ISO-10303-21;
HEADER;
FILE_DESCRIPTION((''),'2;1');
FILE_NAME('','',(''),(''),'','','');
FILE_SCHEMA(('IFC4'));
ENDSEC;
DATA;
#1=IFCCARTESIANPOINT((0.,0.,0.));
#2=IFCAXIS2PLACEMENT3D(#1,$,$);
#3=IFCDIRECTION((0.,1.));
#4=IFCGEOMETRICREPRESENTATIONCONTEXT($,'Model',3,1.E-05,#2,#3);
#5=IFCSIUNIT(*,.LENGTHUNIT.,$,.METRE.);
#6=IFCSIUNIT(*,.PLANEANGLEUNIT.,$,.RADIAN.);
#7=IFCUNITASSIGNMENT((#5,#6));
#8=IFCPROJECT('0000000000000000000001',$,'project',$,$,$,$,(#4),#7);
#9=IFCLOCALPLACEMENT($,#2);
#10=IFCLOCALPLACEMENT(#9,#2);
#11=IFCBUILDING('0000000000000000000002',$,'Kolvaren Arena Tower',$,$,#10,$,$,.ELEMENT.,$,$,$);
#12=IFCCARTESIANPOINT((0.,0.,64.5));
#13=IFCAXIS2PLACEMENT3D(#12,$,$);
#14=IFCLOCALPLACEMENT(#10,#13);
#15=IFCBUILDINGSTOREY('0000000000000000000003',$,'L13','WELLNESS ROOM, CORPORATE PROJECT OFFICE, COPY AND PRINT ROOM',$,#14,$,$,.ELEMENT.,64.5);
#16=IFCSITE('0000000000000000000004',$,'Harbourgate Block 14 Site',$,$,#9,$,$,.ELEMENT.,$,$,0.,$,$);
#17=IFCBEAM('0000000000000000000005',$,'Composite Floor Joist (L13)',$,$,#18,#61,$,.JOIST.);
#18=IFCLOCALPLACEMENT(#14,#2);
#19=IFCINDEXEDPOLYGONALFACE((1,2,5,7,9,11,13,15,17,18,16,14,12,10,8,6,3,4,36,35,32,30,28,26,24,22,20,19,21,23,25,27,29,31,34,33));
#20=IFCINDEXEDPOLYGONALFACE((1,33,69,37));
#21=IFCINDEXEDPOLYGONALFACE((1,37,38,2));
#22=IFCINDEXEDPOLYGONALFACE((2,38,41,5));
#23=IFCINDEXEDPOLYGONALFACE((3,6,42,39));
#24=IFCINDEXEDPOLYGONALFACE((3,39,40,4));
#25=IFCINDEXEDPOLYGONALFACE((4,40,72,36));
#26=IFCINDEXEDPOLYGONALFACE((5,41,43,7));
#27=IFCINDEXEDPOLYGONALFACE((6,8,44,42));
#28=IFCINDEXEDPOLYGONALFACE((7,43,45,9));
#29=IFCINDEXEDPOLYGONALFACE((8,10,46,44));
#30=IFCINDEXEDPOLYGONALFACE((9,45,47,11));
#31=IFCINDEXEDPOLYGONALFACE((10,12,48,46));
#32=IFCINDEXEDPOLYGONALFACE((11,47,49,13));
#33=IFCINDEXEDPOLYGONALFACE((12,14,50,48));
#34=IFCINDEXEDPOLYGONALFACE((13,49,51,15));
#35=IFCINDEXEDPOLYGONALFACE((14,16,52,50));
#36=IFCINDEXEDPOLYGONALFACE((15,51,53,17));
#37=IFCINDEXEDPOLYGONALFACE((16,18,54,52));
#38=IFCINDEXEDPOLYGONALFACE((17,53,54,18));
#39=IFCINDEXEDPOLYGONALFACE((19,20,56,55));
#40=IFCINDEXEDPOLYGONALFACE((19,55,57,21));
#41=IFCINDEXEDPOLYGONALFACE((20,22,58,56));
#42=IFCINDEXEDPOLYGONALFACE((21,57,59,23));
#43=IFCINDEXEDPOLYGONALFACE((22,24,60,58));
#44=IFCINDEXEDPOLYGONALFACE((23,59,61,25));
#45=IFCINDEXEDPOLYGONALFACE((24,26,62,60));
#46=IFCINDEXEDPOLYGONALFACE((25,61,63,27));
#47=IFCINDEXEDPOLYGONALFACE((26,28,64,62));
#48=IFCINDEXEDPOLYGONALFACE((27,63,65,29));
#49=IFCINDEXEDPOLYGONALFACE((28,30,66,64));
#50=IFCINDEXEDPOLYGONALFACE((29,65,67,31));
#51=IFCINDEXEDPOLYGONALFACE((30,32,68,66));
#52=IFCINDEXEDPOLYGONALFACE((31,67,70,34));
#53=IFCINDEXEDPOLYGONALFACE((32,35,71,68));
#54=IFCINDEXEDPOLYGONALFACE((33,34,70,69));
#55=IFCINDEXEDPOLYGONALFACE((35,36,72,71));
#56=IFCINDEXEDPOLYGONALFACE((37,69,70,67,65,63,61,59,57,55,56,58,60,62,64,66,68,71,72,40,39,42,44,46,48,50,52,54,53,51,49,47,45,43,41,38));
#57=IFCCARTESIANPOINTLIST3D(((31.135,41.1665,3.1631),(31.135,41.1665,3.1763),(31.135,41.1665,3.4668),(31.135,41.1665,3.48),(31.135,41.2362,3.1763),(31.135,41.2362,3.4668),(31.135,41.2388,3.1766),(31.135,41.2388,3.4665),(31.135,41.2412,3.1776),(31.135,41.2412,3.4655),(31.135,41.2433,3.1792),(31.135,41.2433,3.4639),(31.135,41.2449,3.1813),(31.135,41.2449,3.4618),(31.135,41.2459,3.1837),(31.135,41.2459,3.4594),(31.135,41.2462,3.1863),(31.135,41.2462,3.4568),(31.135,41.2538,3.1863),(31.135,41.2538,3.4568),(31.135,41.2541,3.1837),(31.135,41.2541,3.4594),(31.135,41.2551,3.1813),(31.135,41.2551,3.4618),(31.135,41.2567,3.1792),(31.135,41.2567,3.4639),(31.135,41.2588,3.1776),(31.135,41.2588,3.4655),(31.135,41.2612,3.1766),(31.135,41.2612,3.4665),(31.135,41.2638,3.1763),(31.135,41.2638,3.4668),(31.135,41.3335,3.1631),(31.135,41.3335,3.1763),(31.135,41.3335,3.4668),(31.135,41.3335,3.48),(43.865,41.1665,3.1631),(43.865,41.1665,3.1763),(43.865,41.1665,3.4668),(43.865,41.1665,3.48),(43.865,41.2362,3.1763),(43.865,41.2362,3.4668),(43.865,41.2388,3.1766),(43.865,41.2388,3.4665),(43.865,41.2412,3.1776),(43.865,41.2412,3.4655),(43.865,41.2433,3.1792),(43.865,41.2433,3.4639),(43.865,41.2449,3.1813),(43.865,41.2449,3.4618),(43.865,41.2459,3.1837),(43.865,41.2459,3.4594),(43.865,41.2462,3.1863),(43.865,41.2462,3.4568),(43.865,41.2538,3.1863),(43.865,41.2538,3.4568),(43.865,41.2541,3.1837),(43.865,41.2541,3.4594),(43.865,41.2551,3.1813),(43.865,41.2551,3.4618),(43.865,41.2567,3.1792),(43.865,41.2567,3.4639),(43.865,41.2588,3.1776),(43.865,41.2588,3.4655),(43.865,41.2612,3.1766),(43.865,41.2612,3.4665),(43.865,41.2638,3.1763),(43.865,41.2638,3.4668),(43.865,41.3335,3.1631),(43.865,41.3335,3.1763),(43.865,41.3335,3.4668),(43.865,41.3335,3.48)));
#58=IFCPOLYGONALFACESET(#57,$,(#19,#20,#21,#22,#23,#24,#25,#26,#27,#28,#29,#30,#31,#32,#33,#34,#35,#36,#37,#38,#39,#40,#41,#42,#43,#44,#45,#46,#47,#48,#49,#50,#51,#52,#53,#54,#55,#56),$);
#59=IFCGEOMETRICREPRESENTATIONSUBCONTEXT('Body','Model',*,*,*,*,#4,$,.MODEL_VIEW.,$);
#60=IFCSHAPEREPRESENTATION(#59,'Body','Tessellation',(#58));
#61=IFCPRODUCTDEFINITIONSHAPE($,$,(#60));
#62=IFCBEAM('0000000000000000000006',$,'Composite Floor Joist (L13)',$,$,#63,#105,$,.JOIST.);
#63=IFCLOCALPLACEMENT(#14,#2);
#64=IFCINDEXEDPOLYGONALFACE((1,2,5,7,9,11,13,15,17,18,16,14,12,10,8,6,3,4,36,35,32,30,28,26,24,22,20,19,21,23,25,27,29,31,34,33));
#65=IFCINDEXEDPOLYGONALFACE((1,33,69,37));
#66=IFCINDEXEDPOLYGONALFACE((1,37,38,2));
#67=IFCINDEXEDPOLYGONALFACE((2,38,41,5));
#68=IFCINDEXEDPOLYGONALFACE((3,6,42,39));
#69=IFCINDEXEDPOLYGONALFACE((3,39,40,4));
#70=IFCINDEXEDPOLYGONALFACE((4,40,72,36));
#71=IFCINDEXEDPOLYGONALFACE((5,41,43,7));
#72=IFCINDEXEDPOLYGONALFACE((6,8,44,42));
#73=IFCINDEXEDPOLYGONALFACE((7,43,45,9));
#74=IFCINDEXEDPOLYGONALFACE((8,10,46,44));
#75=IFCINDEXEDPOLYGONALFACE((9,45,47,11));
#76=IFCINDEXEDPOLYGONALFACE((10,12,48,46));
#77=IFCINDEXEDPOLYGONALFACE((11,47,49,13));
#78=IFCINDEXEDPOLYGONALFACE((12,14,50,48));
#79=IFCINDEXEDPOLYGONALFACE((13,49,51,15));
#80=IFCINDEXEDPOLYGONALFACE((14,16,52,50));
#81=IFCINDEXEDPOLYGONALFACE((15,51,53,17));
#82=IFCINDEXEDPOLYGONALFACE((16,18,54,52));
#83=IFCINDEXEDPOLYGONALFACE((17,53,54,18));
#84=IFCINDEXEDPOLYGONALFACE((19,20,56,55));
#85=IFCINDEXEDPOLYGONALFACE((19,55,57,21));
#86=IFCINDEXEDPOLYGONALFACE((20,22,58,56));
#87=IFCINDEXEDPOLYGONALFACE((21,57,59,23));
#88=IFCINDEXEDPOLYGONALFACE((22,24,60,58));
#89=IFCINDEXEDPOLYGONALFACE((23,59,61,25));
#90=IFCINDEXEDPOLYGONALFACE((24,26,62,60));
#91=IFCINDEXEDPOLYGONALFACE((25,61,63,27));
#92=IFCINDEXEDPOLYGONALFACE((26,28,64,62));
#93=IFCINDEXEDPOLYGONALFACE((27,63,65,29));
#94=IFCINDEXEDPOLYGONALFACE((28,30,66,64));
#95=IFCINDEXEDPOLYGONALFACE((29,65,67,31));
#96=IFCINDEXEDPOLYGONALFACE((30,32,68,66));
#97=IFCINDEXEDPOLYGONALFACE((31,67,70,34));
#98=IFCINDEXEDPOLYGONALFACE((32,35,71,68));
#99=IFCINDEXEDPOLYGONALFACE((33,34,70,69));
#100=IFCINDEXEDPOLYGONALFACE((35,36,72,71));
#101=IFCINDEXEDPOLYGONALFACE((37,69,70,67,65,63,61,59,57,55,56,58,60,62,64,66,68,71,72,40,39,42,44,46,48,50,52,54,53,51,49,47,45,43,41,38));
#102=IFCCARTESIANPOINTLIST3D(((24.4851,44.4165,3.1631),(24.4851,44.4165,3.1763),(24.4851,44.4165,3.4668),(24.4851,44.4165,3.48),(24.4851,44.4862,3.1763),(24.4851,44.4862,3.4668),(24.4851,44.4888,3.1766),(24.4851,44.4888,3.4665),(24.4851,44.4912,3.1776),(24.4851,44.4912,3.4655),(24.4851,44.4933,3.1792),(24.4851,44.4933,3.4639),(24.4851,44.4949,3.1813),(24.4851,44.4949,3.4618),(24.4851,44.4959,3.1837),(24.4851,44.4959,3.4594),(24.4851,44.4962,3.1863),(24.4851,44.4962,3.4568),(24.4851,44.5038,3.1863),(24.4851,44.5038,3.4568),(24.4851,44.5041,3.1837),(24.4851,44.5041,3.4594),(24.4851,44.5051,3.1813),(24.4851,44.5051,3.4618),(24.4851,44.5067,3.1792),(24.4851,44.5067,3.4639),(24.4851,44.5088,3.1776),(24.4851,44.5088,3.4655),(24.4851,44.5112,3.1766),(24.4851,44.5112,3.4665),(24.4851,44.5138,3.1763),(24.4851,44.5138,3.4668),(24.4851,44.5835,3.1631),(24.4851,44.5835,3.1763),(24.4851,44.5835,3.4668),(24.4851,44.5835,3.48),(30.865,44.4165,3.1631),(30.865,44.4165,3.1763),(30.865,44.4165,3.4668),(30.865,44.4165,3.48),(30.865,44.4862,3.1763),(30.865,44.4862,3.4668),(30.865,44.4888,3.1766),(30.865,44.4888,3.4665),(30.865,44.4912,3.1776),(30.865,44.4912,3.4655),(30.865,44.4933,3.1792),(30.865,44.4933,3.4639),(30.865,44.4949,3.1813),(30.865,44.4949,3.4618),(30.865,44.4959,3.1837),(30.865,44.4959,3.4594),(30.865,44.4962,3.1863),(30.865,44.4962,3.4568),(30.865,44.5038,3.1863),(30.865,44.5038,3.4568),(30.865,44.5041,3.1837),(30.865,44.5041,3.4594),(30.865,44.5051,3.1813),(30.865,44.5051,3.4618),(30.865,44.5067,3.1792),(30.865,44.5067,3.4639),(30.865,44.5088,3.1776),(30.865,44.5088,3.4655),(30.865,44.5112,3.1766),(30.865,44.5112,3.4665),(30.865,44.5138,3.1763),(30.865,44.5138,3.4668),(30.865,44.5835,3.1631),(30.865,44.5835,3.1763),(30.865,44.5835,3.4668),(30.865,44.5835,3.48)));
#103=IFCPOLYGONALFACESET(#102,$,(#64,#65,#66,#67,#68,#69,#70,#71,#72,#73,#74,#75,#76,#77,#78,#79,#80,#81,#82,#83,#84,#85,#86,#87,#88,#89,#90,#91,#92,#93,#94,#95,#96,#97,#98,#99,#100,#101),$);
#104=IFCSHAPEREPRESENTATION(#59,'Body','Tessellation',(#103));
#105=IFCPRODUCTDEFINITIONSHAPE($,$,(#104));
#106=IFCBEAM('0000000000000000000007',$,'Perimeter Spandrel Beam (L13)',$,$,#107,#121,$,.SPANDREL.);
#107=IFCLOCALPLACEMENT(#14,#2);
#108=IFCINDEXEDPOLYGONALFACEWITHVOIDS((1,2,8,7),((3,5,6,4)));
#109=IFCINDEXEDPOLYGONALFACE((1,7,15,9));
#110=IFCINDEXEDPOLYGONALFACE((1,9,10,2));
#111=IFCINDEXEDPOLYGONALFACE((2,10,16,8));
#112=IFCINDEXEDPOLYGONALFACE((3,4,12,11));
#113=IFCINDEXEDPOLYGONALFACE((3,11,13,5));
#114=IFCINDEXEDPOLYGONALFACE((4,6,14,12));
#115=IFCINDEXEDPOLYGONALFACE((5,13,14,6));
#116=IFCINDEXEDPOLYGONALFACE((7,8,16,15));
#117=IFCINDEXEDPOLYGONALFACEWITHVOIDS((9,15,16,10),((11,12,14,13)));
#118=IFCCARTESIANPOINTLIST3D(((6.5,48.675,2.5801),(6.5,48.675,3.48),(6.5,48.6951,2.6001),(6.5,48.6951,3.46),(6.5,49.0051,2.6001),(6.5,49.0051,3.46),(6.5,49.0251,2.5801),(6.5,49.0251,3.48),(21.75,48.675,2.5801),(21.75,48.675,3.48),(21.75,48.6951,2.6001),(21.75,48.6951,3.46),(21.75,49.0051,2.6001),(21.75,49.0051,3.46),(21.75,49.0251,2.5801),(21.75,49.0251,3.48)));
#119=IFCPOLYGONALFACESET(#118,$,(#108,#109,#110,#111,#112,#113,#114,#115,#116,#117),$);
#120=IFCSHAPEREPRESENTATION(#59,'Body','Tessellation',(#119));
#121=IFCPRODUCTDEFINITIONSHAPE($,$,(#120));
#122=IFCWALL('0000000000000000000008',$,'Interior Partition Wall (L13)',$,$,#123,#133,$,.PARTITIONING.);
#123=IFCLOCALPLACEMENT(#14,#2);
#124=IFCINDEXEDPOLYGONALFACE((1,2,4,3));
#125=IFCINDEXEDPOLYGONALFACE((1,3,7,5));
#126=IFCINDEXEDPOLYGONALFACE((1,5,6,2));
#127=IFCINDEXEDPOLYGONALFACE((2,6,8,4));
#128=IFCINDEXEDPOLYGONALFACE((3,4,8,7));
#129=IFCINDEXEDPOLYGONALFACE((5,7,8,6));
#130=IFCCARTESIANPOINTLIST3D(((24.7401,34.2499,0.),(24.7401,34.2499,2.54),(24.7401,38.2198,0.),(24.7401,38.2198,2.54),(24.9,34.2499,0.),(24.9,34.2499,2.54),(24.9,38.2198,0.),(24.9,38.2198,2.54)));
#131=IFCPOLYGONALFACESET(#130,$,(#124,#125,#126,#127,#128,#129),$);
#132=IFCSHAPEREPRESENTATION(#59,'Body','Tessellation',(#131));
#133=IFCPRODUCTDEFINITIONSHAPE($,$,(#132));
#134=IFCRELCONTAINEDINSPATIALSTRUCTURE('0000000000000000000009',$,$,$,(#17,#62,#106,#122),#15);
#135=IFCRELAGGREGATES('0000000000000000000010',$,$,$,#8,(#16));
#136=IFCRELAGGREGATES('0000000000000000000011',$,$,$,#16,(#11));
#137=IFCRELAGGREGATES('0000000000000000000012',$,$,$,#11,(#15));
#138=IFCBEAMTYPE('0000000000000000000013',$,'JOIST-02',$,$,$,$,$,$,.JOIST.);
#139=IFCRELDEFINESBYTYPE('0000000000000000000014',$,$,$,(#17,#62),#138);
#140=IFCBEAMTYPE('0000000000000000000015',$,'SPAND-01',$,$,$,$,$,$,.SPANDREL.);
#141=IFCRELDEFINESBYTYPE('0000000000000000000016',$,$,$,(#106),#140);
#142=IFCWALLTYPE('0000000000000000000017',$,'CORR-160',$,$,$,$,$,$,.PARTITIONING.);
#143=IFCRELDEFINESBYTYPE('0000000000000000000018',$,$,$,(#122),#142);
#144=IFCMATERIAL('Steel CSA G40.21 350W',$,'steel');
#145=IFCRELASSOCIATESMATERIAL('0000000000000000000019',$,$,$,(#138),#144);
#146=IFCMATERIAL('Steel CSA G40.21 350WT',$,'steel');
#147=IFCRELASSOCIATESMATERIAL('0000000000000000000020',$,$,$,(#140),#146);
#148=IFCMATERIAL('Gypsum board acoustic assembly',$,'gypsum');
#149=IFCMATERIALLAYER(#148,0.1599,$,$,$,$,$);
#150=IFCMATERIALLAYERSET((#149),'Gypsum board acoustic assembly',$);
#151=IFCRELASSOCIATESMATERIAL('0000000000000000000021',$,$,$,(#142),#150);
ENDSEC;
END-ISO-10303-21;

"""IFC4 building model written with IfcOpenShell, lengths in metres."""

from ifc_helpers import new_model, si_unit, direction, frame, frame_2d, origin, origin_2d, place, context, subcontext, project, spatial, rectangle, hollow_rectangle, i_section, extrude, material, layer, layer_set, material_profile, profile_set, type_object, element, save


model = new_model("IFC4")

# Units and contexts
model_context = context("Model", 3, precision=1e-05, world=origin(), true_north=direction((0.0, 1.0)))
body_context = subcontext(model_context, "Body", "Model", "MODEL_VIEW")
ifc_project = project(units=[si_unit("LENGTHUNIT", "METRE"), si_unit("PLANEANGLEUNIT", "RADIAN")], contexts=[model_context])

# Site, building, storey
site_placement = place(None, origin())
site = spatial("IfcSite", under=ifc_project, at=site_placement, Name="Harbourgate Block 14 Site", CompositionType="ELEMENT", RefElevation=0.0)
building_placement = place(site_placement, origin())
building = spatial("IfcBuilding", under=site, at=building_placement, Name="Kolvaren Arena Tower", CompositionType="ELEMENT")
storey_placement = place(building_placement, frame((0.0, 0.0, 64.5)))
storey = spatial("IfcBuildingStorey", under=building, at=storey_placement, Name="L13", Description="WELLNESS ROOM, CORPORATE PROJECT OFFICE, COPY AND PRINT ROOM", CompositionType="ELEMENT", Elevation=64.5)

# Beams
ifc_material_1 = material(Name="Steel CSA G40.21 350W", Category="steel")
ifc_material_profile_1 = material_profile(ifc_material_1, i_section(OverallWidth=0.167, OverallDepth=0.3169, WebThickness=0.0076, FlangeThickness=0.0132, FilletRadius=0.01, at=origin_2d()), Name="W310x52")
ifc_profile_set_1 = profile_set([ifc_material_profile_1], Name="Steel CSA G40.21 350W")
beam_type_1 = type_object("IfcBeamType", Name="JOIST-02", PredefinedType="JOIST", material=ifc_profile_set_1)
beam_1_placement = place(storey_placement, frame((31.135, 41.25, 3.3215), z_axis=(1.0, 0.0, 0.0), x_axis=(0.0, 1.0, 0.0)))
element("IfcBeam", 1, at=beam_1_placement, inside=storey, type_object=beam_type_1, Name="Composite Floor Joist (L13)", PredefinedType="JOIST", context=body_context, shape_type="SweptSolid", body=[
    extrude(i_section(OverallWidth=0.167, OverallDepth=0.3169, WebThickness=0.0076, FlangeThickness=0.0132, FilletRadius=0.01, at=origin_2d()), origin(), (0.0, 0.0, 1.0), 12.73),
])
beam_2_placement = place(storey_placement, frame((24.4851, 44.5, 3.3215), z_axis=(1.0, 0.0, 0.0), x_axis=(0.0, 1.0, 0.0)))
element("IfcBeam", 2, at=beam_2_placement, inside=storey, type_object=beam_type_1, Name="Composite Floor Joist (L13)", PredefinedType="JOIST", context=body_context, shape_type="SweptSolid", body=[
    extrude(i_section(OverallWidth=0.167, OverallDepth=0.3169, WebThickness=0.0076, FlangeThickness=0.0132, FilletRadius=0.01, at=origin_2d()), origin(), (0.0, 0.0, 1.0), 6.3799),
])
ifc_material_2 = material(Name="Steel CSA G40.21 350WT", Category="steel")
ifc_material_profile_2 = material_profile(ifc_material_2, hollow_rectangle(XDim=0.3501, YDim=0.8999, WallThickness=0.02, at=origin_2d()), Name="HSS 900x350x20")
ifc_profile_set_2 = profile_set([ifc_material_profile_2], Name="Steel CSA G40.21 350WT")
beam_type_2 = type_object("IfcBeamType", Name="SPAND-01", PredefinedType="SPANDREL", material=ifc_profile_set_2)
beam_3_placement = place(storey_placement, frame((21.75, 48.8501, 3.03), z_axis=(-1.0, 0.0, 0.0), x_axis=(0.0, -1.0, 0.0)))
element("IfcBeam", 3, at=beam_3_placement, inside=storey, type_object=beam_type_2, Name="Perimeter Spandrel Beam (L13)", PredefinedType="SPANDREL", context=body_context, shape_type="SweptSolid", body=[
    extrude(hollow_rectangle(XDim=0.3501, YDim=0.8999, WallThickness=0.02, at=origin_2d()), origin(), (0.0, 0.0, 1.0), 15.25),
])

# Wall
ifc_material_3 = material(Name="Gypsum board acoustic assembly", Category="gypsum")
ifc_layer_1 = layer(ifc_material_3, 0.1599)
ifc_layer_set_1 = layer_set([ifc_layer_1], Name="Gypsum board acoustic assembly")
wall_type_1 = type_object("IfcWallType", Name="CORR-160", PredefinedType="PARTITIONING", material=ifc_layer_set_1)
wall_1_placement = place(storey_placement, frame((24.8201, 34.25, 0.0), z_axis=(0.0, 0.0, 1.0), x_axis=(0.0, 1.0, 0.0)))
element("IfcWall", 4, at=wall_1_placement, inside=storey, type_object=wall_type_1, Name="Interior Partition Wall (L13)", PredefinedType="PARTITIONING", context=body_context, shape_type="SweptSolid", body=[
    extrude(rectangle(XDim=3.97, YDim=0.1599, at=frame_2d((1.9849, 0.0))), origin(), (0.0, 0.0, 1.0), 2.54),
])

save(model, "model.ifc")
